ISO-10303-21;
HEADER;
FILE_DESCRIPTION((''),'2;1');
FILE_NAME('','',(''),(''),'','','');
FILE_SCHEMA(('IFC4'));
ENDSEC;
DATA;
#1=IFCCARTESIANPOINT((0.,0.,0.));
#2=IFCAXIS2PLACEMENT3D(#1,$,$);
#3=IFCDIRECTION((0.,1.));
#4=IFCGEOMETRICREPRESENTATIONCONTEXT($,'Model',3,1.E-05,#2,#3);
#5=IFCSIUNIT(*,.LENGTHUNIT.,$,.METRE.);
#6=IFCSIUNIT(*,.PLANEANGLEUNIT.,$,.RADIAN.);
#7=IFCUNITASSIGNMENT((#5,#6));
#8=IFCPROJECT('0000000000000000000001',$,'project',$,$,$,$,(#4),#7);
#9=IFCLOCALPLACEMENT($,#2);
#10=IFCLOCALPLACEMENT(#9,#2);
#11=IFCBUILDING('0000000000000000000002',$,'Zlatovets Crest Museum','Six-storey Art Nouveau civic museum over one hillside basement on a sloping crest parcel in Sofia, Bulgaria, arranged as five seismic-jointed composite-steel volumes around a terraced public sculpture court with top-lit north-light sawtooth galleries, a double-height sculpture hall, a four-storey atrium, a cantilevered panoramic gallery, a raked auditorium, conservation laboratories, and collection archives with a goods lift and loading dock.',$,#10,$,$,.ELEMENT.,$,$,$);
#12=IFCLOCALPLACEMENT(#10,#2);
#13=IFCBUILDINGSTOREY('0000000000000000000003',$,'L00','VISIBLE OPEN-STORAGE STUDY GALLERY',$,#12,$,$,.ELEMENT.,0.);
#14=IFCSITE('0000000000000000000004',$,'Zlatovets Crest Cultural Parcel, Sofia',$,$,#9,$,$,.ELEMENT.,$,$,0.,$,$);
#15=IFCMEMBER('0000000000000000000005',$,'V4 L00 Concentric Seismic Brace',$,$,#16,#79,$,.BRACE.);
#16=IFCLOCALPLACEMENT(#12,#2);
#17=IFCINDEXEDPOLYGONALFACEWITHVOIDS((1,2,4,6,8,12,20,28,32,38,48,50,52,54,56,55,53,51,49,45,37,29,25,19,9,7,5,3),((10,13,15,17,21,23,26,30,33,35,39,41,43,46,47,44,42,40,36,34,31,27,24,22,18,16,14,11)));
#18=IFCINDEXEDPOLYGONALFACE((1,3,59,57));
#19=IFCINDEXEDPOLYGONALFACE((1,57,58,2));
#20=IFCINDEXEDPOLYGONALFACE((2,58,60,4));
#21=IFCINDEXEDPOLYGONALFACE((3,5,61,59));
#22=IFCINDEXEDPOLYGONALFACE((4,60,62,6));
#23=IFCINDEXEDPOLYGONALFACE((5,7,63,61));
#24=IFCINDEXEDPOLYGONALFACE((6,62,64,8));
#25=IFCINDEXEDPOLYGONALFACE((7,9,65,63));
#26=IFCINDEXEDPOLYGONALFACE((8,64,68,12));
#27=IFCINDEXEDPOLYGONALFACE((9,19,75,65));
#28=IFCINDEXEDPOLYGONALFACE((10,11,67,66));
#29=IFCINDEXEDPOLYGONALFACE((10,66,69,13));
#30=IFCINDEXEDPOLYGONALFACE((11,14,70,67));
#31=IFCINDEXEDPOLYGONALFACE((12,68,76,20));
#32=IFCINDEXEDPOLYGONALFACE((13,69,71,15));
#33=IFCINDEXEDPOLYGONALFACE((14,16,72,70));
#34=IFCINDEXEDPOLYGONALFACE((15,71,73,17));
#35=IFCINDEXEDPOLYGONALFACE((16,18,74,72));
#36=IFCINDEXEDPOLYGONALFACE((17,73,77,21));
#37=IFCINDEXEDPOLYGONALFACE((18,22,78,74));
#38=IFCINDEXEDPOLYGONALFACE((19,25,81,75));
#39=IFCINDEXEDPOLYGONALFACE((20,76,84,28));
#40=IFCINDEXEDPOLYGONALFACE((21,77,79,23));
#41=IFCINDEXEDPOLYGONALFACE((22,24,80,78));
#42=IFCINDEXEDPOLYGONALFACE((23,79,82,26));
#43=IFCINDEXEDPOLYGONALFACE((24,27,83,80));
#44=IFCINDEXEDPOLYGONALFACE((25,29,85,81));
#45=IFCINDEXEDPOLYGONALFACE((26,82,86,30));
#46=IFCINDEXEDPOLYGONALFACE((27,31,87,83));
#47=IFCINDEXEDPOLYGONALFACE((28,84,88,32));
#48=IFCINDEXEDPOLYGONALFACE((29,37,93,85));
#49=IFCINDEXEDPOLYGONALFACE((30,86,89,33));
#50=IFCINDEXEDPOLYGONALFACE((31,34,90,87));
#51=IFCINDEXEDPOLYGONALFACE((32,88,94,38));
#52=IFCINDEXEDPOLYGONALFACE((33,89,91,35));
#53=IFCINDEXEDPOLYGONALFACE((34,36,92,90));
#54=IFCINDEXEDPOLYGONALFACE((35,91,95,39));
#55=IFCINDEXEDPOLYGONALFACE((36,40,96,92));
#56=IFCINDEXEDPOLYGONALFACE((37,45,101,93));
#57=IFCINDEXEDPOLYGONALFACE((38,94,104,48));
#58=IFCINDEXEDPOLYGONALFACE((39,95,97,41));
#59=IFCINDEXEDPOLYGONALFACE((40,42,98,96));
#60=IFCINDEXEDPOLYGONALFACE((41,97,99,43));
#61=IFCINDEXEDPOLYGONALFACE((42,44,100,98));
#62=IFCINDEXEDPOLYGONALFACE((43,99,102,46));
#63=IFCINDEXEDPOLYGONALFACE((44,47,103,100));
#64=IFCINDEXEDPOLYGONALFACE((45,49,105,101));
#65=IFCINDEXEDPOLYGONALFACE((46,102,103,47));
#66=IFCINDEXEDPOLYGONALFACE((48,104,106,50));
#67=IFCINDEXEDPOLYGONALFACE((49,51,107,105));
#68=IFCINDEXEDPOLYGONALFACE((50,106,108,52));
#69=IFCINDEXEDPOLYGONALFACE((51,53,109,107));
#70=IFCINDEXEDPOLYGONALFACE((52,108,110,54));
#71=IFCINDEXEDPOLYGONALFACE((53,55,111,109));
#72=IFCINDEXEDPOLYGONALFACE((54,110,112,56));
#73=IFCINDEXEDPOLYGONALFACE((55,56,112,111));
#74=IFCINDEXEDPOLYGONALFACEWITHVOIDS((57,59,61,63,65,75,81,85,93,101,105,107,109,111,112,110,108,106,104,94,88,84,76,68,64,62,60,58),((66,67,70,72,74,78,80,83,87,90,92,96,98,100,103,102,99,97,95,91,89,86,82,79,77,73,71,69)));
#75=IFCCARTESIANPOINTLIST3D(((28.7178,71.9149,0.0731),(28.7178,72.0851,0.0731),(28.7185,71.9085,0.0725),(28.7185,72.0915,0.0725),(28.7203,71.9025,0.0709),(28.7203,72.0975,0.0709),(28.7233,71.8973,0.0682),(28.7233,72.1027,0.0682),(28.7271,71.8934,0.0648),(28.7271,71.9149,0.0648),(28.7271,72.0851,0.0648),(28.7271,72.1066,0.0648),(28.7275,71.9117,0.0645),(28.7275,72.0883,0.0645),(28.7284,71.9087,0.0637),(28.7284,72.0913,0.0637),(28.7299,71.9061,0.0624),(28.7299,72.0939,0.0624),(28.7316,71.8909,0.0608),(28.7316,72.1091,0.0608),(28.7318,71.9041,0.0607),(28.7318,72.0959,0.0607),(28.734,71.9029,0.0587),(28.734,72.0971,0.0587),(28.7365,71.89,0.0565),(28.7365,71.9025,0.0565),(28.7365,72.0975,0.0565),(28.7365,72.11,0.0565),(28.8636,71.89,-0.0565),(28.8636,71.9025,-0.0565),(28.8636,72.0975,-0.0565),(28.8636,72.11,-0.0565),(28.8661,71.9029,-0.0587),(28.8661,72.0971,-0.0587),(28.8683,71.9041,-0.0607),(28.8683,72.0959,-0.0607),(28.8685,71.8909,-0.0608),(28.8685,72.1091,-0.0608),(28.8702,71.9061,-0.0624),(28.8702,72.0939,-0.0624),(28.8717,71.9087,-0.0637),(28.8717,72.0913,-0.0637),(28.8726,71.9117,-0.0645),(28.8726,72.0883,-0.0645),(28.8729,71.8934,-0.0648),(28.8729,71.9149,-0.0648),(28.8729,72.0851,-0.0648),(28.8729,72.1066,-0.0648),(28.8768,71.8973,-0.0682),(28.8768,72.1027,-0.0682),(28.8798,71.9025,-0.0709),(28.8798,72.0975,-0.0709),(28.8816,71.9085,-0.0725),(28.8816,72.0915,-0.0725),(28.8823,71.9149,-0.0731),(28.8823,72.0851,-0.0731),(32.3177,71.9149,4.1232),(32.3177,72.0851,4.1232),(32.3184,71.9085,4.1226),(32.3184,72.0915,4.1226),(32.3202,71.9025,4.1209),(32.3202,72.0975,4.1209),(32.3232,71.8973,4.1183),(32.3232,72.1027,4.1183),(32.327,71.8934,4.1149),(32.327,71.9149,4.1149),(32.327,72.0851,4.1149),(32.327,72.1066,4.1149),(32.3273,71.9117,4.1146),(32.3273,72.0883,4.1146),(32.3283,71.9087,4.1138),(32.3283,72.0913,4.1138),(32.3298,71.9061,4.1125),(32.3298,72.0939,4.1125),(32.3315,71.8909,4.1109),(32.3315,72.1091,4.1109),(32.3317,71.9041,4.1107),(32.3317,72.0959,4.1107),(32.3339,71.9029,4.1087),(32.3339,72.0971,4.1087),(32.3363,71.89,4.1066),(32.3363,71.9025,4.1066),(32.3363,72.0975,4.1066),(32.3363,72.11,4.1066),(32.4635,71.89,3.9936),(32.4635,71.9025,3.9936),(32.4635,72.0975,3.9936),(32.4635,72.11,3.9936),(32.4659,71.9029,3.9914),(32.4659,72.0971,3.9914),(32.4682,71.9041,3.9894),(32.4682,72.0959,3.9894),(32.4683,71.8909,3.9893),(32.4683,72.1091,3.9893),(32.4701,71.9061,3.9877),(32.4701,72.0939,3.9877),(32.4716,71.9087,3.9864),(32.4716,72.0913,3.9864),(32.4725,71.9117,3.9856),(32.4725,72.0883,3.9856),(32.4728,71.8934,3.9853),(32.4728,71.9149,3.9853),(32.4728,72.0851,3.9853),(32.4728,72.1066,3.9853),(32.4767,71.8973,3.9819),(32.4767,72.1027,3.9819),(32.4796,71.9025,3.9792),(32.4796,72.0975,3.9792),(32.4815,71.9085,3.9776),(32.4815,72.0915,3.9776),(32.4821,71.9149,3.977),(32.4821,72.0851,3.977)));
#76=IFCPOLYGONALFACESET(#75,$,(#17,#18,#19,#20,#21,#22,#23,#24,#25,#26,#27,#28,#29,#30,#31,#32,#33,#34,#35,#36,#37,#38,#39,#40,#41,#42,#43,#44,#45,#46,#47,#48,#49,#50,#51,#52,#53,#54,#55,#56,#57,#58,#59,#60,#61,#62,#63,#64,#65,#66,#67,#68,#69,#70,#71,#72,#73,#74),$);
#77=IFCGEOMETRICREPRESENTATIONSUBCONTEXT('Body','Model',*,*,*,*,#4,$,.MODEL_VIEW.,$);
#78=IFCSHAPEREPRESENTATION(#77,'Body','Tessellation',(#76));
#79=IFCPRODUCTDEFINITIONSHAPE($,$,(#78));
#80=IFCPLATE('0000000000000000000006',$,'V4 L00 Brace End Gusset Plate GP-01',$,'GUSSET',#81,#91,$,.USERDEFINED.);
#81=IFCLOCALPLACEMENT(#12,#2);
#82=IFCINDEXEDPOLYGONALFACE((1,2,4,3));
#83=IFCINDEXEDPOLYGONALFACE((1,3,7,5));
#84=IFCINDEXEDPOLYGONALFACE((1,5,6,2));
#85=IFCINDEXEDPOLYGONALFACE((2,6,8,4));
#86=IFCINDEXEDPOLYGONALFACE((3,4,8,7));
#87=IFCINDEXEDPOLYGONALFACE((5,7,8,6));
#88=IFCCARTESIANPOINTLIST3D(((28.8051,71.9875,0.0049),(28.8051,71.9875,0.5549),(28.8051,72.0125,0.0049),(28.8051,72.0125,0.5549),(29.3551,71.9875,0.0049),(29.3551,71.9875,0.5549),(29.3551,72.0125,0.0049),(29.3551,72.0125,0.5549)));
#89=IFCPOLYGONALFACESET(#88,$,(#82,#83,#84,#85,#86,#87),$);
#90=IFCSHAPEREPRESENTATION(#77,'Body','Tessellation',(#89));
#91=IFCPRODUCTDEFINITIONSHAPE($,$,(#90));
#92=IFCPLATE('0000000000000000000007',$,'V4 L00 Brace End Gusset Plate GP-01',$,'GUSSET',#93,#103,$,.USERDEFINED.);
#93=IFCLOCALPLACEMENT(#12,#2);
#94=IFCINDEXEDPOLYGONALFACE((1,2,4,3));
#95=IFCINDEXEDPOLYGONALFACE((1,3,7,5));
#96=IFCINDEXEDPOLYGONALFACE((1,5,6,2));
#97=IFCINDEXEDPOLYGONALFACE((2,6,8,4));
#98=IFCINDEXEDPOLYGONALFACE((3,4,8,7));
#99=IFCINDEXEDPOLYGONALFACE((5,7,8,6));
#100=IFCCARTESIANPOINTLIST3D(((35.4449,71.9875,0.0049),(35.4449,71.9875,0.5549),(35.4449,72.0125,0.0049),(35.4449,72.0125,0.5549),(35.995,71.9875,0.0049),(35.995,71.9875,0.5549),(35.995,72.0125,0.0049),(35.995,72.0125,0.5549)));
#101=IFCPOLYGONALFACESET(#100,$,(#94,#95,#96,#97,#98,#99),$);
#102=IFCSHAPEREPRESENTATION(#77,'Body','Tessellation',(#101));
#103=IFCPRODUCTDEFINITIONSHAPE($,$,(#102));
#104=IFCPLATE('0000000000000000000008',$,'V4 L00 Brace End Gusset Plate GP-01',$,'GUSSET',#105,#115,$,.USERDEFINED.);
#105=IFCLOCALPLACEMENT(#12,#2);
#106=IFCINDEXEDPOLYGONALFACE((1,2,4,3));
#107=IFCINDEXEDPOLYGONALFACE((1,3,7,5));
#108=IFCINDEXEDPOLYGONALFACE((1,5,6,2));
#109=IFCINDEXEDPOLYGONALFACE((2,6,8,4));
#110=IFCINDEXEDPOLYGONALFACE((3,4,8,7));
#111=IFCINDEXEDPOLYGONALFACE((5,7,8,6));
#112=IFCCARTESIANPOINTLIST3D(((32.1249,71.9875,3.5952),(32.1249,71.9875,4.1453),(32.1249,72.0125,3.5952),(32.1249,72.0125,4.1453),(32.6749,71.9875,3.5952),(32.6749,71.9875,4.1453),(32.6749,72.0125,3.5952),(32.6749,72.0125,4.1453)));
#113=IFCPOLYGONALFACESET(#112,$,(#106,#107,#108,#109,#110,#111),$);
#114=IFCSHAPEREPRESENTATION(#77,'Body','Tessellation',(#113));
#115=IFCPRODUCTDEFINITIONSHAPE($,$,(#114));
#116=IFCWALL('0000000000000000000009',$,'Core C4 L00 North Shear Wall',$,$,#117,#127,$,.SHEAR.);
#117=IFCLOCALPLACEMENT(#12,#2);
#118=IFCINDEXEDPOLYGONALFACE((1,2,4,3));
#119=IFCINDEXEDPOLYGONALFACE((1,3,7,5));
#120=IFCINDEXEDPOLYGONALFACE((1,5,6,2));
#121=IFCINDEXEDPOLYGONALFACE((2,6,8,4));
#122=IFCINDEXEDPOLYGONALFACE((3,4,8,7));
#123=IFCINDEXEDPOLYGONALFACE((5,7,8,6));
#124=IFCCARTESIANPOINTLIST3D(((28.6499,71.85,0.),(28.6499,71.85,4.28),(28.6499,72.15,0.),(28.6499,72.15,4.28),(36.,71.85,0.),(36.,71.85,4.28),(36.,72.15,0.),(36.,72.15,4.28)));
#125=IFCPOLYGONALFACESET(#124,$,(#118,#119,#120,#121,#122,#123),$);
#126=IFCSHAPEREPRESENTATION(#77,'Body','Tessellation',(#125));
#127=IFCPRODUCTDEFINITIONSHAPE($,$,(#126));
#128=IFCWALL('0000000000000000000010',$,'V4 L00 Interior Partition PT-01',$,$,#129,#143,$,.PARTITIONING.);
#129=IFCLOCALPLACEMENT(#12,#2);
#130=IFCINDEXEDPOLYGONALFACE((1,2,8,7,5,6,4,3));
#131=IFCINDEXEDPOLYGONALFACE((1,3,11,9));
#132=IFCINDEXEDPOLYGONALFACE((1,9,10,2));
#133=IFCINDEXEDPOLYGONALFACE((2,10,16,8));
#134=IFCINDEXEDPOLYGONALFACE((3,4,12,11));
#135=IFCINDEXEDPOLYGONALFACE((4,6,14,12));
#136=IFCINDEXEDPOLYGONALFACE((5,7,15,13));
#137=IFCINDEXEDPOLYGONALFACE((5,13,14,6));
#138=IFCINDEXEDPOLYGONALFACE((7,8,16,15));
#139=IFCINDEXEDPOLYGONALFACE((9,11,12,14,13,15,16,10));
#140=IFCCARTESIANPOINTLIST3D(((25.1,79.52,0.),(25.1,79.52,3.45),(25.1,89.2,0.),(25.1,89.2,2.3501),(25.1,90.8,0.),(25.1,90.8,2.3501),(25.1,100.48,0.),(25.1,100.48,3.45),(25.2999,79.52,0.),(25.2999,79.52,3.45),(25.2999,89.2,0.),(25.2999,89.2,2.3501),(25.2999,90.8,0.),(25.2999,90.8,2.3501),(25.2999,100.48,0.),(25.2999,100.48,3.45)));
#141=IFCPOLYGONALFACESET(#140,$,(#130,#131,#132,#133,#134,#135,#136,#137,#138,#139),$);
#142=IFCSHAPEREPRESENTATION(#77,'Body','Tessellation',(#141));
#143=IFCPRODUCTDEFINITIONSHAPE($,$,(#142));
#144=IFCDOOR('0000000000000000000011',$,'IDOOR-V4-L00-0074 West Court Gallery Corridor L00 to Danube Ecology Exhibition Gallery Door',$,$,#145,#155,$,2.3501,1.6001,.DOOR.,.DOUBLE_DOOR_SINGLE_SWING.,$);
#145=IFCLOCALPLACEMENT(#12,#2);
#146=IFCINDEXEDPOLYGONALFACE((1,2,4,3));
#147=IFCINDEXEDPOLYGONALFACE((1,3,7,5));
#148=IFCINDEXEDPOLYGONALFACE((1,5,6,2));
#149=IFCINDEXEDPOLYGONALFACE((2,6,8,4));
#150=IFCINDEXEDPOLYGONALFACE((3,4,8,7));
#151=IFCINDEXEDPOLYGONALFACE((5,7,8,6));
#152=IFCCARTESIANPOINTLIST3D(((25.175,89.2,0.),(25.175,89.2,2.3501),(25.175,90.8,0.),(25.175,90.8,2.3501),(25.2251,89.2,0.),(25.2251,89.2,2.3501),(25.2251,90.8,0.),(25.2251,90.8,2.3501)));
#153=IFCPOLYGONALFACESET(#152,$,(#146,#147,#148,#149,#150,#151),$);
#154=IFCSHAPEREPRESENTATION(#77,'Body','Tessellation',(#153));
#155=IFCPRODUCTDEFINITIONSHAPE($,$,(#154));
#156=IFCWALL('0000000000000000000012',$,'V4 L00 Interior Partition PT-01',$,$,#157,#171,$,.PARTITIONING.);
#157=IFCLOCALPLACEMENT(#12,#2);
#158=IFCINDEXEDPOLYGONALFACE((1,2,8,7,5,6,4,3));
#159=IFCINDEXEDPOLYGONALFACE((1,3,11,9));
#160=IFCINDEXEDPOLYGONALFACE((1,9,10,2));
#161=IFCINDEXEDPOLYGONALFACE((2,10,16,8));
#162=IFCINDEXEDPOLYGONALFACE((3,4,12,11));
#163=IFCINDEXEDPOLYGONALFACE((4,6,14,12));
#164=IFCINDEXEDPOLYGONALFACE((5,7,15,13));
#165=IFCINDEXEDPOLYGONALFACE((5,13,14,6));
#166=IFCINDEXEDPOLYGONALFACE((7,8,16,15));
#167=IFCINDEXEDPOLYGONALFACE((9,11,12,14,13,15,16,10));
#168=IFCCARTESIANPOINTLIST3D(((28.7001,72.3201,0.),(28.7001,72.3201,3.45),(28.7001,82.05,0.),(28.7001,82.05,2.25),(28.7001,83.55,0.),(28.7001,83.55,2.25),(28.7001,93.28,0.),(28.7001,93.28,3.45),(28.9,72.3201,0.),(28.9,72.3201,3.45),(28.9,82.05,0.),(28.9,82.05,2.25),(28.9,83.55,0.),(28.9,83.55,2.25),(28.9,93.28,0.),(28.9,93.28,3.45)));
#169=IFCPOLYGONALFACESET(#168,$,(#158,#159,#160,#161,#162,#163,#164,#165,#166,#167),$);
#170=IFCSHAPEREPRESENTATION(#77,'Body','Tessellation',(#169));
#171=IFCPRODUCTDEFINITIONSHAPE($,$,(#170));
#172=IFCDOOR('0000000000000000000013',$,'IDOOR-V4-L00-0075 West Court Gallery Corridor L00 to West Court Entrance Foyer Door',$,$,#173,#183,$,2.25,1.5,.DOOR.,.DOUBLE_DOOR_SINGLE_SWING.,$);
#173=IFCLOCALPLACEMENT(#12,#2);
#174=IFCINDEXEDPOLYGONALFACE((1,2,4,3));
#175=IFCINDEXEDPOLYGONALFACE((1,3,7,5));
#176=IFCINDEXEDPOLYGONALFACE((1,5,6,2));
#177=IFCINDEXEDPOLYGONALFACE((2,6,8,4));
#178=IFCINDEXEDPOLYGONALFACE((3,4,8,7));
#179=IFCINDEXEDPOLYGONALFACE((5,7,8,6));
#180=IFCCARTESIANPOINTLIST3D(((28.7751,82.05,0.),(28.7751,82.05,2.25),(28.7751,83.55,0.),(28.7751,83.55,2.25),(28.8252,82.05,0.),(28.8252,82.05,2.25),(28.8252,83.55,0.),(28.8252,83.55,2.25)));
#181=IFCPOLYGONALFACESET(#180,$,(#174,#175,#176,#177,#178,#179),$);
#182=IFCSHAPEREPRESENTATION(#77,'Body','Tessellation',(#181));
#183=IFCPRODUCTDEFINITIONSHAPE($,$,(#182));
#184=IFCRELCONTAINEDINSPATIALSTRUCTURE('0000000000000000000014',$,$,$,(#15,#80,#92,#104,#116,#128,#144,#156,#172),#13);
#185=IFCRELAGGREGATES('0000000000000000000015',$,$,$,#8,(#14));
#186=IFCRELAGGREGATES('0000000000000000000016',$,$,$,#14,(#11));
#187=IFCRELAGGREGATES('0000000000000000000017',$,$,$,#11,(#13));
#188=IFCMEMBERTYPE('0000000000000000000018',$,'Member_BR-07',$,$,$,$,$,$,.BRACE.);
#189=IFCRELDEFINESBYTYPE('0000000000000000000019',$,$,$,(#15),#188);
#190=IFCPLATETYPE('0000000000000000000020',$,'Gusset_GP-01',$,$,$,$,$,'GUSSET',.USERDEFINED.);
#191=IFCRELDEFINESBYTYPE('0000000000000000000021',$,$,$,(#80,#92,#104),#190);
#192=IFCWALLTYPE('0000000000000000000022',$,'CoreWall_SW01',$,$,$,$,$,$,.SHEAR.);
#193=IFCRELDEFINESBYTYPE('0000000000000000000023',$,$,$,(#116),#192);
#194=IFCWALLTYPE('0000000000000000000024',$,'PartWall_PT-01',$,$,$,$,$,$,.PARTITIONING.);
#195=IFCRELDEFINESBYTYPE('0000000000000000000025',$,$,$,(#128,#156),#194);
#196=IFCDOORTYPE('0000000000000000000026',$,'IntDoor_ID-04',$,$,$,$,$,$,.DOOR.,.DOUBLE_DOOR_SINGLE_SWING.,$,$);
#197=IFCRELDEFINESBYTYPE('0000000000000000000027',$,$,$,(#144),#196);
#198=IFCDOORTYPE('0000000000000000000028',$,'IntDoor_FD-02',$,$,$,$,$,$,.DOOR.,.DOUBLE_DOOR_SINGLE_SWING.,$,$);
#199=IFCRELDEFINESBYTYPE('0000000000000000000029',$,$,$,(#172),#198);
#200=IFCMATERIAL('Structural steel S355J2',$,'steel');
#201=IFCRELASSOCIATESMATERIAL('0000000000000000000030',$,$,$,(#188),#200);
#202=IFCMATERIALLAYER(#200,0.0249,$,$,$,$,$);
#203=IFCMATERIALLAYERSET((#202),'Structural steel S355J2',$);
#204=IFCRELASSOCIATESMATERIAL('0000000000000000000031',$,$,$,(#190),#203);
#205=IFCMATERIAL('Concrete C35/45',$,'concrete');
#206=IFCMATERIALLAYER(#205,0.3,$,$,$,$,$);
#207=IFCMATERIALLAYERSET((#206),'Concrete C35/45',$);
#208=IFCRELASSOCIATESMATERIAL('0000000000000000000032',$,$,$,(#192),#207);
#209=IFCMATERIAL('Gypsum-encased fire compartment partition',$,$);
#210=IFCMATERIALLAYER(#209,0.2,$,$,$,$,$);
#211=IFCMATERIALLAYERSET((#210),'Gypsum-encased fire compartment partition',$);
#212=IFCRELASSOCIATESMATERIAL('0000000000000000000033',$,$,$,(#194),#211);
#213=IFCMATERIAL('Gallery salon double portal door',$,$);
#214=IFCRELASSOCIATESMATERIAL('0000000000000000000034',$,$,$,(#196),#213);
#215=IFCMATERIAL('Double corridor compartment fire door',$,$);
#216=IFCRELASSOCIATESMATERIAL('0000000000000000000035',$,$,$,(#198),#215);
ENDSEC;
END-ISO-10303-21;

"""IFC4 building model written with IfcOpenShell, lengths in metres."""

from ifc_helpers import new_model, si_unit, direction, frame, frame_2d, origin, origin_2d, place, context, subcontext, project, spatial, rectangle, hollow_rectangle, extrude, material, layer, layer_set, material_profile, profile_set, type_object, element, fill, save


model = new_model("IFC4")

# Units and contexts
model_context = context("Model", 3, precision=1e-05, world=origin(), true_north=direction((0.0, 1.0)))
body_context = subcontext(model_context, "Body", "Model", "MODEL_VIEW")
ifc_project = project(units=[si_unit("LENGTHUNIT", "METRE"), si_unit("PLANEANGLEUNIT", "RADIAN")], contexts=[model_context])

# Site, building, storey
site_placement = place(None, origin())
site = spatial("IfcSite", under=ifc_project, at=site_placement, Name="Zlatovets Crest Cultural Parcel, Sofia", CompositionType="ELEMENT", RefElevation=0.0)
building_placement = place(site_placement, origin())
building = spatial("IfcBuilding", under=site, at=building_placement, Name="Zlatovets Crest Museum", Description="Six-storey Art Nouveau civic museum over one hillside basement on a sloping crest parcel in Sofia, Bulgaria, arranged as five seismic-jointed composite-steel volumes around a terraced public sculpture court with top-lit north-light sawtooth galleries, a double-height sculpture hall, a four-storey atrium, a cantilevered panoramic gallery, a raked auditorium, conservation laboratories, and collection archives with a goods lift and loading dock.", CompositionType="ELEMENT")
storey_placement = place(building_placement, origin())
storey = spatial("IfcBuildingStorey", under=building, at=storey_placement, Name="L00", Description="VISIBLE OPEN-STORAGE STUDY GALLERY", CompositionType="ELEMENT", Elevation=0.0)

# Shared definitions
ifc_material_1 = material(Name="Structural steel S355J2", Category="steel")

# Member
ifc_material_profile_1 = material_profile(ifc_material_1, hollow_rectangle(XDim=0.22, YDim=0.22, WallThickness=0.0125, InnerFilletRadius=0.0125, OuterFilletRadius=0.0249, at=origin_2d()), Name="SHS 220x220x12.5")
ifc_profile_set_1 = profile_set([ifc_material_profile_1], Name="Structural steel S355J2")
member_type = type_object("IfcMemberType", Name="Member_BR-07", PredefinedType="BRACE", material=ifc_profile_set_1)
member_placement = place(storey_placement, frame((28.8, 72.0, 0.0), z_axis=(0.664344, 0.0, 0.747427), x_axis=(0.0, 1.0, 0.0)))
element("IfcMember", 1, at=member_placement, inside=storey, type_object=member_type, Name="V4 L00 Concentric Seismic Brace", PredefinedType="BRACE", context=body_context, shape_type="SweptSolid", body=[
    extrude(hollow_rectangle(XDim=0.22, YDim=0.22, WallThickness=0.0125, InnerFilletRadius=0.0125, OuterFilletRadius=0.0249, at=origin_2d()), origin(), (0.0, 0.0, 1.0), 5.4187),
])

# Plates
ifc_layer_1 = layer(ifc_material_1, 0.0249)
ifc_layer_set_1 = layer_set([ifc_layer_1], Name="Structural steel S355J2")
plate_type = type_object("IfcPlateType", Name="Gusset_GP-01", ElementType="GUSSET", PredefinedType="USERDEFINED", material=ifc_layer_set_1)
for number, where, z_axis, x_axis, name in (
    (2, (29.0801, 72.0, 0.0049), (0.0, 0.0, 1.0), (1.0, 0.0, 0.0), "V4 L00 Brace End Gusset Plate GP-01"),
    (3, (35.72, 72.0, 0.0049), (0.0, 0.0, 1.0), (1.0, 0.0, 0.0), "V4 L00 Brace End Gusset Plate GP-01"),
    (4, (32.3999, 72.0, 3.5952), (0.0, 0.0, 1.0), (1.0, 0.0, 0.0), "V4 L00 Brace End Gusset Plate GP-01"),
):
    element("IfcPlate", number, at=place(storey_placement, frame(where, z_axis=z_axis, x_axis=x_axis)), inside=storey, type_object=plate_type, Name=name, ObjectType="GUSSET", PredefinedType="USERDEFINED", context=body_context, shape_type="SweptSolid", body=[
        extrude(rectangle(XDim=0.55, YDim=0.0249, at=origin_2d()), origin(), (0.0, 0.0, 1.0), 0.55),
    ])

# Wall
ifc_material_2 = material(Name="Concrete C35/45", Category="concrete")
ifc_layer_2 = layer(ifc_material_2, 0.3)
ifc_layer_set_2 = layer_set([ifc_layer_2], Name="Concrete C35/45")
wall_type_1 = type_object("IfcWallType", Name="CoreWall_SW01", PredefinedType="SHEAR", material=ifc_layer_set_2)
wall_1_placement = place(storey_placement, frame((28.6499, 72.0, 0.0), z_axis=(0.0, 0.0, 1.0), x_axis=(1.0, 0.0, 0.0)))
element("IfcWall", 5, at=wall_1_placement, inside=storey, type_object=wall_type_1, Name="Core C4 L00 North Shear Wall", PredefinedType="SHEAR", context=body_context, shape_type="SweptSolid", body=[
    extrude(rectangle(XDim=7.3501, YDim=0.3, at=frame_2d((3.675, 0.0))), origin(), (0.0, 0.0, 1.0), 4.28),
])

# Walls, openings, doors
ifc_material_3 = material(Name="Gypsum-encased fire compartment partition")
ifc_layer_3 = layer(ifc_material_3, 0.2)
ifc_layer_set_3 = layer_set([ifc_layer_3], Name="Gypsum-encased fire compartment partition")
wall_type_2 = type_object("IfcWallType", Name="PartWall_PT-01", PredefinedType="PARTITIONING", material=ifc_layer_set_3)
wall_2_placement = place(storey_placement, frame((25.2, 79.52, 0.0), z_axis=(0.0, 0.0, 1.0), x_axis=(0.0, 1.0, 0.0)))
wall_2 = element("IfcWall", 6, at=wall_2_placement, inside=storey, type_object=wall_type_2, Name="V4 L00 Interior Partition PT-01", PredefinedType="PARTITIONING", context=body_context, shape_type="SweptSolid", body=[
    extrude(rectangle(XDim=20.96, YDim=0.2, at=frame_2d((10.48, 0.0))), origin(), (0.0, 0.0, 1.0), 3.45),
])
opening_1_placement = place(wall_2_placement, frame((9.6799, 0.0, 0.0)))
opening_1 = element("IfcOpeningElement", 7, at=opening_1_placement, cuts=wall_2, PredefinedType="OPENING", context=body_context, shape_type="SweptSolid", body=[
    extrude(rectangle(XDim=1.6001, YDim=2.3501, at=frame_2d((0.8, 1.175))), frame((0.0, 0.1099, 0.0), z_axis=(0.0, -1.0, 0.0), x_axis=(1.0, 0.0, 0.0)), (0.0, 0.0, 1.0), 0.22),
])
ifc_material_4 = material(Name="Gallery salon double portal door")
door_type_1 = type_object("IfcDoorType", Name="IntDoor_ID-04", OperationType="DOUBLE_DOOR_SINGLE_SWING", PredefinedType="DOOR", material=ifc_material_4)
door_1_placement = place(opening_1_placement, origin())
door_1 = element("IfcDoor", 8, at=door_1_placement, inside=storey, type_object=door_type_1, Name="IDOOR-V4-L00-0074 West Court Gallery Corridor L00 to Danube Ecology Exhibition Gallery Door", OperationType="DOUBLE_DOOR_SINGLE_SWING", OverallHeight=2.3501, OverallWidth=1.6001, PredefinedType="DOOR", context=body_context, shape_type="SweptSolid", body=[
    extrude(rectangle(XDim=1.6001, YDim=2.3501, at=frame_2d((0.8, 1.175))), frame((0.0, 0.0249, 0.0), z_axis=(0.0, -1.0, 0.0), x_axis=(1.0, 0.0, 0.0)), (0.0, 0.0, 1.0), 0.05),
])
fill(opening_1, door_1)
wall_3_placement = place(storey_placement, frame((28.8, 72.3201, 0.0), z_axis=(0.0, 0.0, 1.0), x_axis=(0.0, 1.0, 0.0)))
wall_3 = element("IfcWall", 9, at=wall_3_placement, inside=storey, type_object=wall_type_2, Name="V4 L00 Interior Partition PT-01", PredefinedType="PARTITIONING", context=body_context, shape_type="SweptSolid", body=[
    extrude(rectangle(XDim=20.96, YDim=0.2, at=frame_2d((10.48, 0.0))), origin(), (0.0, 0.0, 1.0), 3.45),
])
opening_2_placement = place(wall_3_placement, frame((9.73, 0.0, 0.0)))
opening_2 = element("IfcOpeningElement", 10, at=opening_2_placement, cuts=wall_3, PredefinedType="OPENING", context=body_context, shape_type="SweptSolid", body=[
    extrude(rectangle(XDim=1.5, YDim=2.25, at=frame_2d((0.75, 1.125))), frame((0.0, 0.1099, 0.0), z_axis=(0.0, -1.0, 0.0), x_axis=(1.0, 0.0, 0.0)), (0.0, 0.0, 1.0), 0.22),
])
ifc_material_5 = material(Name="Double corridor compartment fire door")
door_type_2 = type_object("IfcDoorType", Name="IntDoor_FD-02", OperationType="DOUBLE_DOOR_SINGLE_SWING", PredefinedType="DOOR", material=ifc_material_5)
door_2_placement = place(opening_2_placement, origin())
door_2 = element("IfcDoor", 11, at=door_2_placement, inside=storey, type_object=door_type_2, Name="IDOOR-V4-L00-0075 West Court Gallery Corridor L00 to West Court Entrance Foyer Door", OperationType="DOUBLE_DOOR_SINGLE_SWING", OverallHeight=2.25, OverallWidth=1.5, PredefinedType="DOOR", context=body_context, shape_type="SweptSolid", body=[
    extrude(rectangle(XDim=1.5, YDim=2.25, at=frame_2d((0.75, 1.125))), frame((0.0, 0.0249, 0.0), z_axis=(0.0, -1.0, 0.0), x_axis=(1.0, 0.0, 0.0)), (0.0, 0.0, 1.0), 0.05),
])
fill(opening_2, door_2)

save(model, "model.ifc")
